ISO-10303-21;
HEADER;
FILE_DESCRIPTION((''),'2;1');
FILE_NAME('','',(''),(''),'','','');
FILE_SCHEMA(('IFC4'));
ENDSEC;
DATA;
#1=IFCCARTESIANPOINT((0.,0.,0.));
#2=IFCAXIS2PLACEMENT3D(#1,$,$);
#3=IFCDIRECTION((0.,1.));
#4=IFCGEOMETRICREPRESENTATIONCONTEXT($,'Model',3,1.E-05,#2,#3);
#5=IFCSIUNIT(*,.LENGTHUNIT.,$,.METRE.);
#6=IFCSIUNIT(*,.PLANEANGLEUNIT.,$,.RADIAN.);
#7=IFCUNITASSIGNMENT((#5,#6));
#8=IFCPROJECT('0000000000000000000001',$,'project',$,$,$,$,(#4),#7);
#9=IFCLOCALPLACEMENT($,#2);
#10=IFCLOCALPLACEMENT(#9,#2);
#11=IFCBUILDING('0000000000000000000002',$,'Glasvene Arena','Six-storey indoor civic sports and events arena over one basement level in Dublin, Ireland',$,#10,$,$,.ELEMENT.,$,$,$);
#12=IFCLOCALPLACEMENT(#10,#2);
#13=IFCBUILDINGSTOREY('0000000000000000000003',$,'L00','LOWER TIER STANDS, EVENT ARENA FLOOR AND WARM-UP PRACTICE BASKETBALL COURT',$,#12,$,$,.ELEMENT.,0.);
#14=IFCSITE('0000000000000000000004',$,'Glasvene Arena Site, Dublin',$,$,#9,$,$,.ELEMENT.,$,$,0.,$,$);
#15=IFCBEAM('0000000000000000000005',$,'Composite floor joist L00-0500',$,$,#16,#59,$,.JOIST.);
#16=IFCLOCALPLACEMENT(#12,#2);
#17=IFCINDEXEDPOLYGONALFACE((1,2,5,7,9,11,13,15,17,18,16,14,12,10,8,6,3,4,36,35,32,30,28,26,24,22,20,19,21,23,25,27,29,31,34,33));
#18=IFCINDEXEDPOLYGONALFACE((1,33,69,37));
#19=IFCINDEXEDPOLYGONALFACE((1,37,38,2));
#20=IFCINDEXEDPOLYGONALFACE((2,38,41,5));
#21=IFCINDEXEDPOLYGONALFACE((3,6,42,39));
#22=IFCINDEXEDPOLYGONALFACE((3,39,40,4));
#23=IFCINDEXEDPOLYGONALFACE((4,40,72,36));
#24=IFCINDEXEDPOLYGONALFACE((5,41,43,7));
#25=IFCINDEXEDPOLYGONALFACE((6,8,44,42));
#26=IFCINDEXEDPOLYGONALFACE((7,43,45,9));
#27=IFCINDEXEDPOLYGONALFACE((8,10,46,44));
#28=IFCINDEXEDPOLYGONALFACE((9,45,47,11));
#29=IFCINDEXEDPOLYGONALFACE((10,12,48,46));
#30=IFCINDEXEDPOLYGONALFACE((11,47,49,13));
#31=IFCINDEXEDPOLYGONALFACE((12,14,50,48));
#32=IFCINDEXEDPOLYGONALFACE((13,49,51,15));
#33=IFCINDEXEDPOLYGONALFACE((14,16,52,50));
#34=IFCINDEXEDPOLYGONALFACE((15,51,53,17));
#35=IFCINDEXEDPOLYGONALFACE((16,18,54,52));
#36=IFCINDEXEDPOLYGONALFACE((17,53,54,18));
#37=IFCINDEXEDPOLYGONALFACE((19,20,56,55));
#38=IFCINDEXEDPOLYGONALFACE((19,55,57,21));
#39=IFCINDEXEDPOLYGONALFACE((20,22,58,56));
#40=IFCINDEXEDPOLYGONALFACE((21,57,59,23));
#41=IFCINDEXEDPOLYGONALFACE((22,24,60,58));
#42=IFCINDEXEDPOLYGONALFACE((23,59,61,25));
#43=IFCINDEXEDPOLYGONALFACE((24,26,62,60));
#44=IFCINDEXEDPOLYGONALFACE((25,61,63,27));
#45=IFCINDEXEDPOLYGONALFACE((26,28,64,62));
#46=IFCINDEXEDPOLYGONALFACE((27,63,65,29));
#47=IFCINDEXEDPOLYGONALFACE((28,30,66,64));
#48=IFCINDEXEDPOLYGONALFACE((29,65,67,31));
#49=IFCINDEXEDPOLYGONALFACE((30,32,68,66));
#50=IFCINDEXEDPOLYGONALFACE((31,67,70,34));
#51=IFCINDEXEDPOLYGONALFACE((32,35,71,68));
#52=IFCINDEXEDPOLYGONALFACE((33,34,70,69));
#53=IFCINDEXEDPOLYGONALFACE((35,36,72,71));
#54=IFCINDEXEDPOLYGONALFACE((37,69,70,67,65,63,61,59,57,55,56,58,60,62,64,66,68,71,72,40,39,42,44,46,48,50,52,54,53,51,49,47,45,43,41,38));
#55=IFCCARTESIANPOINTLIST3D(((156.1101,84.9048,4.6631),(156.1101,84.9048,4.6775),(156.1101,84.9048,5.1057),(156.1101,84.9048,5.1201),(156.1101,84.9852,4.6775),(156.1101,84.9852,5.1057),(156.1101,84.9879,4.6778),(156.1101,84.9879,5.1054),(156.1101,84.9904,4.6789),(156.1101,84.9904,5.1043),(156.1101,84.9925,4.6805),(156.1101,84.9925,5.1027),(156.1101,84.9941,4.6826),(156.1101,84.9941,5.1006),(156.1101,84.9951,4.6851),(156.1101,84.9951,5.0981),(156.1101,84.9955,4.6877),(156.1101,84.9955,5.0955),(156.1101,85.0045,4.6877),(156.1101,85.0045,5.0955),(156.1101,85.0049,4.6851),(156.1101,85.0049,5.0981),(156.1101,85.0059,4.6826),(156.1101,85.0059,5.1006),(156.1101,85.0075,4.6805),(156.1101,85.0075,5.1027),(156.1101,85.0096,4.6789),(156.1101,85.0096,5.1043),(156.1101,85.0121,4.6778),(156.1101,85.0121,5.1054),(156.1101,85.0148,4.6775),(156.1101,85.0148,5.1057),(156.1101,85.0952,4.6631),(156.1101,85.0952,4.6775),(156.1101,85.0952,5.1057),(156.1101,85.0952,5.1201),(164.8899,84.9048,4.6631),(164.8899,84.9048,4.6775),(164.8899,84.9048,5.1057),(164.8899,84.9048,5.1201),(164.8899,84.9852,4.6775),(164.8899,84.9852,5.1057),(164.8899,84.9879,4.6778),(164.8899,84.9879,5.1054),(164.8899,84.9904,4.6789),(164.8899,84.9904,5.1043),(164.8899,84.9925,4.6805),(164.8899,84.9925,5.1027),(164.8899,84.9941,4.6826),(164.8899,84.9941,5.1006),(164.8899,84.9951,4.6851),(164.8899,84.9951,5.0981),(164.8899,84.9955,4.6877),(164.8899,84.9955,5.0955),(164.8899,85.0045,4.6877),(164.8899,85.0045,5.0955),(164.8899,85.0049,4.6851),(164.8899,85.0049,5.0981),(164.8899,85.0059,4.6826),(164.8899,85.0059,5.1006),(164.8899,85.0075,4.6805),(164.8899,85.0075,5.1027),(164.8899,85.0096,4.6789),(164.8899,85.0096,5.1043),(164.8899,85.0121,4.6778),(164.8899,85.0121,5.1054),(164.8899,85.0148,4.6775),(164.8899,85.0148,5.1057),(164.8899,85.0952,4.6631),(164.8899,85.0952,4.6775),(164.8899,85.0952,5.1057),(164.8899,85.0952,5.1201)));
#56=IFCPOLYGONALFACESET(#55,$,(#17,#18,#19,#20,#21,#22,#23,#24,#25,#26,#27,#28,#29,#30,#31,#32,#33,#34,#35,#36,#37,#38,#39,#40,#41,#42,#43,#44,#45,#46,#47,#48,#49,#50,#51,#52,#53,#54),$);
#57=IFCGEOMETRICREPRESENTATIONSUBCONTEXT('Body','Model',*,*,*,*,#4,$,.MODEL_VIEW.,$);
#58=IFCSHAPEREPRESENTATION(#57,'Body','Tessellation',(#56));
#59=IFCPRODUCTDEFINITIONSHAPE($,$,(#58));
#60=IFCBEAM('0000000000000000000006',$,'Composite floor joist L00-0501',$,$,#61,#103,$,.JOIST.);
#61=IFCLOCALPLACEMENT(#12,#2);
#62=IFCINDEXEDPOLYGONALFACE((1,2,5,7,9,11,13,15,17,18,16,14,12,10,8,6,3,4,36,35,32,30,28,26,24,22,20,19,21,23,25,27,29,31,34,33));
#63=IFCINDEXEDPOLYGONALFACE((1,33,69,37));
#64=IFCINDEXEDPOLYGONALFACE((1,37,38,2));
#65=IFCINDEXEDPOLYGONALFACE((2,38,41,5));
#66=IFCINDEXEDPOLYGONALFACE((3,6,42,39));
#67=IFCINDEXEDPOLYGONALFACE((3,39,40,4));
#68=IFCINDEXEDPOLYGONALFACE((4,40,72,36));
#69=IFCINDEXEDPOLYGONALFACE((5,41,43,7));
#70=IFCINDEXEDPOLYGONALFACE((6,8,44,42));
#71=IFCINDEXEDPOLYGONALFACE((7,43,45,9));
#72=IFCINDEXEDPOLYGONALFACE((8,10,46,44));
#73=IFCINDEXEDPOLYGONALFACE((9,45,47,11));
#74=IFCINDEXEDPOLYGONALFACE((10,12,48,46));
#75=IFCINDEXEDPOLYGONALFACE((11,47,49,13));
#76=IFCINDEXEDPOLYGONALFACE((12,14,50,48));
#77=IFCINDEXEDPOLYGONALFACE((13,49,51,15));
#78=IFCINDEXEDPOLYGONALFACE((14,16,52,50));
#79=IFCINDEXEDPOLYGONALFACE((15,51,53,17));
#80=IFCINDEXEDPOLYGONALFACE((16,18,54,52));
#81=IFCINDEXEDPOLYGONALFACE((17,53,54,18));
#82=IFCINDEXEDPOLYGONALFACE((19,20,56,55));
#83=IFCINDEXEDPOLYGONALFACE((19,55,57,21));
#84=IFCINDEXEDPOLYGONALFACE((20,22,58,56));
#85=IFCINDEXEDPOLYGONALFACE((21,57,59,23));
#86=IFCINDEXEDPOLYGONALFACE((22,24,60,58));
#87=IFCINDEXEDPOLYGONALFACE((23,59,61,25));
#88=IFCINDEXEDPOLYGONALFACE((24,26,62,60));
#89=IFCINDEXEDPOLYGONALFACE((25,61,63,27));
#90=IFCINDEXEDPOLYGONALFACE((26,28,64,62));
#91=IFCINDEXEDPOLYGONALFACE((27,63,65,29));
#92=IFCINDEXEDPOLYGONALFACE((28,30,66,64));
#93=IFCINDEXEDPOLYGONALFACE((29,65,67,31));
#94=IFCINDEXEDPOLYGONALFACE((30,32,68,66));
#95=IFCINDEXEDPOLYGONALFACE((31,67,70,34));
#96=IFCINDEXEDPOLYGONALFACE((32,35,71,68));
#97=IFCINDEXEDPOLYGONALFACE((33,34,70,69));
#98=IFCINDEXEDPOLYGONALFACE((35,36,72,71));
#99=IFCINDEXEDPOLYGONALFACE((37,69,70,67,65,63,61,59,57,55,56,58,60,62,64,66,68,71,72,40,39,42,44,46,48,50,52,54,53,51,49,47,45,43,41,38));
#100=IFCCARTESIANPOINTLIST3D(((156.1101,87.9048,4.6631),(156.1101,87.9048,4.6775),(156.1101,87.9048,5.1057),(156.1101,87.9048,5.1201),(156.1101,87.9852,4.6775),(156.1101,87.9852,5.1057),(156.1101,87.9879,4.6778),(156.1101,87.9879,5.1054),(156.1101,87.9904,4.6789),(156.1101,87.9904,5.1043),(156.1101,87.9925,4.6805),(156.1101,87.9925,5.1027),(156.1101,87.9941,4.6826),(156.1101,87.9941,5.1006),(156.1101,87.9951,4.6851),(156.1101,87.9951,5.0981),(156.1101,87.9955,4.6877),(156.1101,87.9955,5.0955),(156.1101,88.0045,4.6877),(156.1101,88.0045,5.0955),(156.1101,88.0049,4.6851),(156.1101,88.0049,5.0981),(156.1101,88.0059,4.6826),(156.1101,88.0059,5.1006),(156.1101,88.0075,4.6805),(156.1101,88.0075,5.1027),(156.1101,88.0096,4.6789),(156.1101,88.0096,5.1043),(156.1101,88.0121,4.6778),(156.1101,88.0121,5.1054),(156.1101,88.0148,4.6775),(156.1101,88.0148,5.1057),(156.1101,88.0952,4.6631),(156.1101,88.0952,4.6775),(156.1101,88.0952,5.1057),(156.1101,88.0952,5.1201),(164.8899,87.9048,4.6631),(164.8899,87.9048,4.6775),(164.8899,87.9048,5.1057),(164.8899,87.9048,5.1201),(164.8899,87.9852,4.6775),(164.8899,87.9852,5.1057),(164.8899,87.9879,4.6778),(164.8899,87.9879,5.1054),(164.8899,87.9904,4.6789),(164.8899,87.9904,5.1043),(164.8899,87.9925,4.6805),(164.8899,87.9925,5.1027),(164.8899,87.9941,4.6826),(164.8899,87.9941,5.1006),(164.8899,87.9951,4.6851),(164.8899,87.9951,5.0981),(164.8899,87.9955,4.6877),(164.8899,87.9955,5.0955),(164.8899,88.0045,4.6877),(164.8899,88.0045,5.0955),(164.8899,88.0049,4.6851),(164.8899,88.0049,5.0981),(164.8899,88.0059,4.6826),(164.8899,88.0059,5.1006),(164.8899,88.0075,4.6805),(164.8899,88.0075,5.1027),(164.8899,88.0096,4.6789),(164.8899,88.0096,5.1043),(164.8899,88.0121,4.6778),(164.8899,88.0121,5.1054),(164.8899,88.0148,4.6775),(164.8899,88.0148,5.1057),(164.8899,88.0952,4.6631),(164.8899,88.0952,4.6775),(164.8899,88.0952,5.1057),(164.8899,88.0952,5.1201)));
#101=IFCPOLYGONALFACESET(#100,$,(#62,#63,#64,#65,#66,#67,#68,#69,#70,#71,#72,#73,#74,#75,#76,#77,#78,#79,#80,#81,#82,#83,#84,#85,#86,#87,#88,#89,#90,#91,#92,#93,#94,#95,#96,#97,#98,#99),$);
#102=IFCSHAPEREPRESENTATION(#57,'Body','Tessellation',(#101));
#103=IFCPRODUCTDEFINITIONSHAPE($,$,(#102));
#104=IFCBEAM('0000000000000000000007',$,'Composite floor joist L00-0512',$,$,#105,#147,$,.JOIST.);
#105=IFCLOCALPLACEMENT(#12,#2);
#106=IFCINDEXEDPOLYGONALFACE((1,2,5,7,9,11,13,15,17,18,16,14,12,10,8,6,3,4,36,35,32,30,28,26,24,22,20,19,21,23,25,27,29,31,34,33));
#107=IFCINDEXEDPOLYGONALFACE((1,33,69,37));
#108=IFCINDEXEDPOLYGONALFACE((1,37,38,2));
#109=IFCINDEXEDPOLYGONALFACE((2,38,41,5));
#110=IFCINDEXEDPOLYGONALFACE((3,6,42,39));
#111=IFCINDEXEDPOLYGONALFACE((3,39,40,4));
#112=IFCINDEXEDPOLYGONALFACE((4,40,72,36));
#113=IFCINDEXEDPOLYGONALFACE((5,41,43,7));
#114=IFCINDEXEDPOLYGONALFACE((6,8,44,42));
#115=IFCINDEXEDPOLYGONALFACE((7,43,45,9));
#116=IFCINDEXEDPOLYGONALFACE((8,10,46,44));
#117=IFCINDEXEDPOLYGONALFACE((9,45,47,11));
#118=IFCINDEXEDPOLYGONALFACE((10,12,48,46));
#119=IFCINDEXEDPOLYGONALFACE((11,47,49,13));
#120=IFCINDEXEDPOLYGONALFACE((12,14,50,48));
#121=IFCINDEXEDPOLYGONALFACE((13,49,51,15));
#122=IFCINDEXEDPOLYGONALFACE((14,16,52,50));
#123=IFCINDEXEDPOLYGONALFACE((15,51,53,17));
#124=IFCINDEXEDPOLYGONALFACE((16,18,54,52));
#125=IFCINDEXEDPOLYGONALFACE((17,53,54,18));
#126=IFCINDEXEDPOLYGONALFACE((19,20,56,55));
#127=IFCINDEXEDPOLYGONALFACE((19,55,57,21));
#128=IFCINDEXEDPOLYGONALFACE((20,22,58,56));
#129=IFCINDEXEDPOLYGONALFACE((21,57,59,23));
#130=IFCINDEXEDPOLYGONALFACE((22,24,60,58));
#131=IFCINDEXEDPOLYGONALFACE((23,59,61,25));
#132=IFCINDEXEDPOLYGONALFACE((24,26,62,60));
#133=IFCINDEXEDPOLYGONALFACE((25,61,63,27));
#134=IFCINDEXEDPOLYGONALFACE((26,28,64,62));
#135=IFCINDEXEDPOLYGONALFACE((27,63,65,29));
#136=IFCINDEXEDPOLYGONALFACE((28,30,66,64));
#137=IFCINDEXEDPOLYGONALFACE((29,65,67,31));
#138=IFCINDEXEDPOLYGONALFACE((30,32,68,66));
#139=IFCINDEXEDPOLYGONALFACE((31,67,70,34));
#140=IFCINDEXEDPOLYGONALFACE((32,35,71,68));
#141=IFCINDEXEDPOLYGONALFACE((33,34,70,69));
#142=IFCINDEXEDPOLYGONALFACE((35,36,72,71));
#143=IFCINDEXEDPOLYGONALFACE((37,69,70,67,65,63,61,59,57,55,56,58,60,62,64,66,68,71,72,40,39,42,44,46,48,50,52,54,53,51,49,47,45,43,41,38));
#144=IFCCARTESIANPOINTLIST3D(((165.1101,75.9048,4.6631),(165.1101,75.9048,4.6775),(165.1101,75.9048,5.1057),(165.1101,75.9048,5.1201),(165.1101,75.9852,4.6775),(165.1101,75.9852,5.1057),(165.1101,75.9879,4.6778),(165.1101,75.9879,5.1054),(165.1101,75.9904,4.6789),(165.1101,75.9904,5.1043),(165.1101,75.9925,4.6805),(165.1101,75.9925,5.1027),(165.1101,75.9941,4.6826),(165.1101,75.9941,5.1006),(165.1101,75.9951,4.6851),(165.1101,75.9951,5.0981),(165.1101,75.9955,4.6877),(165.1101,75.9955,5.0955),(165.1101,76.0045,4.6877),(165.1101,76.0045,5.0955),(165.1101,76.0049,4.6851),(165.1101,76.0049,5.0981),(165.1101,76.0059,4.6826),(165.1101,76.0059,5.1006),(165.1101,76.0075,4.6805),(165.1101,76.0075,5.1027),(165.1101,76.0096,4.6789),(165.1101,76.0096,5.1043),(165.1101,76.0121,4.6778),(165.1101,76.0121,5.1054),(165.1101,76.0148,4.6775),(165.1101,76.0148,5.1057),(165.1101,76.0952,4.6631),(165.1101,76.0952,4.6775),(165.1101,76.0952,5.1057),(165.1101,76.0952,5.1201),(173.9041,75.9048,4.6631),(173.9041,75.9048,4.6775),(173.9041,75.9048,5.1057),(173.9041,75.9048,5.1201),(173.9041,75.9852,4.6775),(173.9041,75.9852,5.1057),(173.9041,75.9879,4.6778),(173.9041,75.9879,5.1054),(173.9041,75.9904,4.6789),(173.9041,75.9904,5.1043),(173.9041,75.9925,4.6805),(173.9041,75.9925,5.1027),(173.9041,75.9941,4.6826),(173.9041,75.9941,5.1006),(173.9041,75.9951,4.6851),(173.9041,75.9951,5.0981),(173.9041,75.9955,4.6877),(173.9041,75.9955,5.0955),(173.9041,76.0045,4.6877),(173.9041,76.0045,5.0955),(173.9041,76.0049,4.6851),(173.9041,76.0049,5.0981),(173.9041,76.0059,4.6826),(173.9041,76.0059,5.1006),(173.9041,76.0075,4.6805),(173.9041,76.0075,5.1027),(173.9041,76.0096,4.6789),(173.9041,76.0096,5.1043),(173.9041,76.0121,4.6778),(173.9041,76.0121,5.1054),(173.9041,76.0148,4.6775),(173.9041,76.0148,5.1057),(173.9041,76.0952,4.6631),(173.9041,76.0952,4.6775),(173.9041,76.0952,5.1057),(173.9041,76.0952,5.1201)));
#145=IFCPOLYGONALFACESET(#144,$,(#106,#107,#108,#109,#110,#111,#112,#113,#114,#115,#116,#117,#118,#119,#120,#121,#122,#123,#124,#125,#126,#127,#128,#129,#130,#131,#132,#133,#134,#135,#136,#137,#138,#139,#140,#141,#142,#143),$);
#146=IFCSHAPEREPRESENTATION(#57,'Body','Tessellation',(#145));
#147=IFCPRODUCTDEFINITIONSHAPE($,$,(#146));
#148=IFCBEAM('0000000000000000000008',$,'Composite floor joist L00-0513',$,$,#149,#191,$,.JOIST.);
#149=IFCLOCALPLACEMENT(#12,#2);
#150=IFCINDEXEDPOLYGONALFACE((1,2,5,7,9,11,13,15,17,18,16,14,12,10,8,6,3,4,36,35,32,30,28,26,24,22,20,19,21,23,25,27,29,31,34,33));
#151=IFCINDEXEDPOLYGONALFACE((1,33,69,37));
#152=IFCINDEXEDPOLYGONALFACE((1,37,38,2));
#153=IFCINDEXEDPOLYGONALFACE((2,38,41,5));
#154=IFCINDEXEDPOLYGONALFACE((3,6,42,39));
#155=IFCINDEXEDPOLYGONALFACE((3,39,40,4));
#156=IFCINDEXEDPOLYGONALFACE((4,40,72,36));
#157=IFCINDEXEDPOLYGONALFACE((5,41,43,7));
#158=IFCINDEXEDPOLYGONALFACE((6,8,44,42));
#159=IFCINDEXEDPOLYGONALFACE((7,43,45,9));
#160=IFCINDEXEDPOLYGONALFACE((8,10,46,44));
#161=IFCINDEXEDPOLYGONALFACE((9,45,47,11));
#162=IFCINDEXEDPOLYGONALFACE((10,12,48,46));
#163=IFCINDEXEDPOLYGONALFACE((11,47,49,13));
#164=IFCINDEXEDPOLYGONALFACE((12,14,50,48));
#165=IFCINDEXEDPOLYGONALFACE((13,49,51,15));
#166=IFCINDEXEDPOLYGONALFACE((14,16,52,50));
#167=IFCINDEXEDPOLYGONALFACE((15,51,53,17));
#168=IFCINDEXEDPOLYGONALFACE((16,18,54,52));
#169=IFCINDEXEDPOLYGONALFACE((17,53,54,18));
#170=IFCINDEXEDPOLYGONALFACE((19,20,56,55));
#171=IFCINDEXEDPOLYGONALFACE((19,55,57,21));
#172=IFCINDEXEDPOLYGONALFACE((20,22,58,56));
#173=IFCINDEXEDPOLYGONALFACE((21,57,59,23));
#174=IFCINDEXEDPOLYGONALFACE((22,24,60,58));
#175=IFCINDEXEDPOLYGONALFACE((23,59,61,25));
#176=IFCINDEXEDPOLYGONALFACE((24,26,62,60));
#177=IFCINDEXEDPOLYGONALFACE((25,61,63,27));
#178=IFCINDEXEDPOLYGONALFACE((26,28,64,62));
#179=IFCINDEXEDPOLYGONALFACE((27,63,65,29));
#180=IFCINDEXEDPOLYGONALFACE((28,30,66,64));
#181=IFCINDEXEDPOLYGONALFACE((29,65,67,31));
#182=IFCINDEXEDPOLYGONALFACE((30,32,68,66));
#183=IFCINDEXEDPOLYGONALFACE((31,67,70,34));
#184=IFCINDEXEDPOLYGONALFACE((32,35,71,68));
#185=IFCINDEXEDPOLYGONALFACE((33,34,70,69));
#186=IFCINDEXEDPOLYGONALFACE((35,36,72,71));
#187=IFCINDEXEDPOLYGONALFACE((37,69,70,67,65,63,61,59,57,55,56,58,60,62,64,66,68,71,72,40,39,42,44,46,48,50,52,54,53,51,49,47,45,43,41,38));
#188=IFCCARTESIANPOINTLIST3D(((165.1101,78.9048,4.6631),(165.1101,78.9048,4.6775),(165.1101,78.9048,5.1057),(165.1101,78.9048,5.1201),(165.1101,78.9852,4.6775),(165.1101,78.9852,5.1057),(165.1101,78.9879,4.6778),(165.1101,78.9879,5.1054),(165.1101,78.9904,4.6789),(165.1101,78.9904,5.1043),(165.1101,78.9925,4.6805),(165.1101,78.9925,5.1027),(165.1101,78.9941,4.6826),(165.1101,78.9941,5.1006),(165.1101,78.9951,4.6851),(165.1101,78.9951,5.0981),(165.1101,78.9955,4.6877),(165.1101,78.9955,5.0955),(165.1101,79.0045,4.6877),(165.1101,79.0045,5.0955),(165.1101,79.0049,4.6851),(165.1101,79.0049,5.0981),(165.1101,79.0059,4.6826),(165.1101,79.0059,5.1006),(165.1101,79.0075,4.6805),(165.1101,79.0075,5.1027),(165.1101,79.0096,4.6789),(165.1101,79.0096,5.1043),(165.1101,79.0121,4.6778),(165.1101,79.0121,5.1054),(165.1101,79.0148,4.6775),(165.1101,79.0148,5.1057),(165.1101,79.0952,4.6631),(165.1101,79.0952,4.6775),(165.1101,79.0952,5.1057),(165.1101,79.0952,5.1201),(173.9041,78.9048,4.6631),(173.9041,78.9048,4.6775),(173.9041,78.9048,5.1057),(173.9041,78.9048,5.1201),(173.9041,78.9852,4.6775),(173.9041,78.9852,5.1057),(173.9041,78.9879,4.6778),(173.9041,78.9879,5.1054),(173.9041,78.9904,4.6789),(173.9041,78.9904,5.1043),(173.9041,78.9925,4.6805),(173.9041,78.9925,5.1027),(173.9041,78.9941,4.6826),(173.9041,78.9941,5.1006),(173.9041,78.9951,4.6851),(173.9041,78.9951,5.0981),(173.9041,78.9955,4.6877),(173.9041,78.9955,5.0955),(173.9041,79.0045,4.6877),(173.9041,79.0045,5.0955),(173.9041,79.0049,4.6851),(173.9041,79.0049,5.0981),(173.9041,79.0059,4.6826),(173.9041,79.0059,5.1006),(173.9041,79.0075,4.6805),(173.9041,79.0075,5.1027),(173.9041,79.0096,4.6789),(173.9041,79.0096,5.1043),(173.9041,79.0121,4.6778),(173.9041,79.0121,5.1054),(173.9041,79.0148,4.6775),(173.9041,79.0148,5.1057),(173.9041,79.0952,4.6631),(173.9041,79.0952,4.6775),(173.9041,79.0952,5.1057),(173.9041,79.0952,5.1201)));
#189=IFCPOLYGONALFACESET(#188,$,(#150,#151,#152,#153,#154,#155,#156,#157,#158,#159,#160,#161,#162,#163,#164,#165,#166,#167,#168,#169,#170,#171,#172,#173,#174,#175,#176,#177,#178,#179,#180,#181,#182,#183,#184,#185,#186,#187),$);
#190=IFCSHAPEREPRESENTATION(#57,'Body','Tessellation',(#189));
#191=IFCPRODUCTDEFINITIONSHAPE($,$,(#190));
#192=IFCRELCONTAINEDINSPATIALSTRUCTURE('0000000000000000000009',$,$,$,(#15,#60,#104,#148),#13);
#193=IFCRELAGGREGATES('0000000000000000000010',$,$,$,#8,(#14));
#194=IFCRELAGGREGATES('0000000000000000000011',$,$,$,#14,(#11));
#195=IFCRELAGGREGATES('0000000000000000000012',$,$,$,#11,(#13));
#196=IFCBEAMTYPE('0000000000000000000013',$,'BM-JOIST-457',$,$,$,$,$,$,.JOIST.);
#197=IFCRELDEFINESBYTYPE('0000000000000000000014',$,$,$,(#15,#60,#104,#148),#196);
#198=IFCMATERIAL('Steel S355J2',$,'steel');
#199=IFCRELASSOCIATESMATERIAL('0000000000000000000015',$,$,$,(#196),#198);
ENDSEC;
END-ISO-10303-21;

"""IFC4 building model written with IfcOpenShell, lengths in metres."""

from ifc_helpers import new_model, si_unit, direction, frame, origin, origin_2d, place, context, subcontext, project, spatial, i_section, extrude, material, material_profile, profile_set, type_object, element, save


model = new_model("IFC4")

# Units and contexts
model_context = context("Model", 3, precision=1e-05, world=origin(), true_north=direction((0.0, 1.0)))
body_context = subcontext(model_context, "Body", "Model", "MODEL_VIEW")
ifc_project = project(units=[si_unit("LENGTHUNIT", "METRE"), si_unit("PLANEANGLEUNIT", "RADIAN")], contexts=[model_context])

# Site, building, storey
site_placement = place(None, origin())
site = spatial("IfcSite", under=ifc_project, at=site_placement, Name="Glasvene Arena Site, Dublin", CompositionType="ELEMENT", RefElevation=0.0)
building_placement = place(site_placement, origin())
building = spatial("IfcBuilding", under=site, at=building_placement, Name="Glasvene Arena", Description="Six-storey indoor civic sports and events arena over one basement level in Dublin, Ireland", CompositionType="ELEMENT")
storey_placement = place(building_placement, origin())
storey = spatial("IfcBuildingStorey", under=building, at=storey_placement, Name="L00", Description="LOWER TIER STANDS, EVENT ARENA FLOOR AND WARM-UP PRACTICE BASKETBALL COURT", CompositionType="ELEMENT", Elevation=0.0)

# Shared definitions
ifc_material_1 = material(Name="Steel S355J2", Category="steel")

# Beams
ifc_material_profile_1 = material_profile(ifc_material_1, i_section(OverallWidth=0.1904, OverallDepth=0.457, WebThickness=0.009, FlangeThickness=0.0144, FilletRadius=0.0103, at=origin_2d()), Name="UKB 457x191x74")
ifc_profile_set_1 = profile_set([ifc_material_profile_1], Name="Steel S355J2")
beam_type_1 = type_object("IfcBeamType", Name="BM-JOIST-457", PredefinedType="JOIST", material=ifc_profile_set_1)
for number, where, z_axis, x_axis, name in (
    (1, (156.1101, 85.0, 4.8916), (1.0, 0.0, 0.0), (0.0, 1.0, 0.0), "Composite floor joist L00-0500"),
    (2, (156.1101, 88.0, 4.8916), (1.0, 0.0, 0.0), (0.0, 1.0, 0.0), "Composite floor joist L00-0501"),
):
    element("IfcBeam", number, at=place(storey_placement, frame(where, z_axis=z_axis, x_axis=x_axis)), inside=storey, type_object=beam_type_1, Name=name, PredefinedType="JOIST", context=body_context, shape_type="SweptSolid", body=[
        extrude(i_section(OverallWidth=0.1904, OverallDepth=0.457, WebThickness=0.009, FlangeThickness=0.0144, FilletRadius=0.0103, at=origin_2d()), origin(), (0.0, 0.0, 1.0), 8.7798),
    ])
for number, where, z_axis, x_axis, name in (
    (3, (165.1101, 76.0, 4.8916), (1.0, 0.0, 0.0), (0.0, 1.0, 0.0), "Composite floor joist L00-0512"),
    (4, (165.1101, 79.0, 4.8916), (1.0, 0.0, 0.0), (0.0, 1.0, 0.0), "Composite floor joist L00-0513"),
):
    element("IfcBeam", number, at=place(storey_placement, frame(where, z_axis=z_axis, x_axis=x_axis)), inside=storey, type_object=beam_type_1, Name=name, PredefinedType="JOIST", context=body_context, shape_type="SweptSolid", body=[
        extrude(i_section(OverallWidth=0.1904, OverallDepth=0.457, WebThickness=0.009, FlangeThickness=0.0144, FilletRadius=0.0103, at=origin_2d()), origin(), (0.0, 0.0, 1.0), 8.7939),
    ])

save(model, "model.ifc")
